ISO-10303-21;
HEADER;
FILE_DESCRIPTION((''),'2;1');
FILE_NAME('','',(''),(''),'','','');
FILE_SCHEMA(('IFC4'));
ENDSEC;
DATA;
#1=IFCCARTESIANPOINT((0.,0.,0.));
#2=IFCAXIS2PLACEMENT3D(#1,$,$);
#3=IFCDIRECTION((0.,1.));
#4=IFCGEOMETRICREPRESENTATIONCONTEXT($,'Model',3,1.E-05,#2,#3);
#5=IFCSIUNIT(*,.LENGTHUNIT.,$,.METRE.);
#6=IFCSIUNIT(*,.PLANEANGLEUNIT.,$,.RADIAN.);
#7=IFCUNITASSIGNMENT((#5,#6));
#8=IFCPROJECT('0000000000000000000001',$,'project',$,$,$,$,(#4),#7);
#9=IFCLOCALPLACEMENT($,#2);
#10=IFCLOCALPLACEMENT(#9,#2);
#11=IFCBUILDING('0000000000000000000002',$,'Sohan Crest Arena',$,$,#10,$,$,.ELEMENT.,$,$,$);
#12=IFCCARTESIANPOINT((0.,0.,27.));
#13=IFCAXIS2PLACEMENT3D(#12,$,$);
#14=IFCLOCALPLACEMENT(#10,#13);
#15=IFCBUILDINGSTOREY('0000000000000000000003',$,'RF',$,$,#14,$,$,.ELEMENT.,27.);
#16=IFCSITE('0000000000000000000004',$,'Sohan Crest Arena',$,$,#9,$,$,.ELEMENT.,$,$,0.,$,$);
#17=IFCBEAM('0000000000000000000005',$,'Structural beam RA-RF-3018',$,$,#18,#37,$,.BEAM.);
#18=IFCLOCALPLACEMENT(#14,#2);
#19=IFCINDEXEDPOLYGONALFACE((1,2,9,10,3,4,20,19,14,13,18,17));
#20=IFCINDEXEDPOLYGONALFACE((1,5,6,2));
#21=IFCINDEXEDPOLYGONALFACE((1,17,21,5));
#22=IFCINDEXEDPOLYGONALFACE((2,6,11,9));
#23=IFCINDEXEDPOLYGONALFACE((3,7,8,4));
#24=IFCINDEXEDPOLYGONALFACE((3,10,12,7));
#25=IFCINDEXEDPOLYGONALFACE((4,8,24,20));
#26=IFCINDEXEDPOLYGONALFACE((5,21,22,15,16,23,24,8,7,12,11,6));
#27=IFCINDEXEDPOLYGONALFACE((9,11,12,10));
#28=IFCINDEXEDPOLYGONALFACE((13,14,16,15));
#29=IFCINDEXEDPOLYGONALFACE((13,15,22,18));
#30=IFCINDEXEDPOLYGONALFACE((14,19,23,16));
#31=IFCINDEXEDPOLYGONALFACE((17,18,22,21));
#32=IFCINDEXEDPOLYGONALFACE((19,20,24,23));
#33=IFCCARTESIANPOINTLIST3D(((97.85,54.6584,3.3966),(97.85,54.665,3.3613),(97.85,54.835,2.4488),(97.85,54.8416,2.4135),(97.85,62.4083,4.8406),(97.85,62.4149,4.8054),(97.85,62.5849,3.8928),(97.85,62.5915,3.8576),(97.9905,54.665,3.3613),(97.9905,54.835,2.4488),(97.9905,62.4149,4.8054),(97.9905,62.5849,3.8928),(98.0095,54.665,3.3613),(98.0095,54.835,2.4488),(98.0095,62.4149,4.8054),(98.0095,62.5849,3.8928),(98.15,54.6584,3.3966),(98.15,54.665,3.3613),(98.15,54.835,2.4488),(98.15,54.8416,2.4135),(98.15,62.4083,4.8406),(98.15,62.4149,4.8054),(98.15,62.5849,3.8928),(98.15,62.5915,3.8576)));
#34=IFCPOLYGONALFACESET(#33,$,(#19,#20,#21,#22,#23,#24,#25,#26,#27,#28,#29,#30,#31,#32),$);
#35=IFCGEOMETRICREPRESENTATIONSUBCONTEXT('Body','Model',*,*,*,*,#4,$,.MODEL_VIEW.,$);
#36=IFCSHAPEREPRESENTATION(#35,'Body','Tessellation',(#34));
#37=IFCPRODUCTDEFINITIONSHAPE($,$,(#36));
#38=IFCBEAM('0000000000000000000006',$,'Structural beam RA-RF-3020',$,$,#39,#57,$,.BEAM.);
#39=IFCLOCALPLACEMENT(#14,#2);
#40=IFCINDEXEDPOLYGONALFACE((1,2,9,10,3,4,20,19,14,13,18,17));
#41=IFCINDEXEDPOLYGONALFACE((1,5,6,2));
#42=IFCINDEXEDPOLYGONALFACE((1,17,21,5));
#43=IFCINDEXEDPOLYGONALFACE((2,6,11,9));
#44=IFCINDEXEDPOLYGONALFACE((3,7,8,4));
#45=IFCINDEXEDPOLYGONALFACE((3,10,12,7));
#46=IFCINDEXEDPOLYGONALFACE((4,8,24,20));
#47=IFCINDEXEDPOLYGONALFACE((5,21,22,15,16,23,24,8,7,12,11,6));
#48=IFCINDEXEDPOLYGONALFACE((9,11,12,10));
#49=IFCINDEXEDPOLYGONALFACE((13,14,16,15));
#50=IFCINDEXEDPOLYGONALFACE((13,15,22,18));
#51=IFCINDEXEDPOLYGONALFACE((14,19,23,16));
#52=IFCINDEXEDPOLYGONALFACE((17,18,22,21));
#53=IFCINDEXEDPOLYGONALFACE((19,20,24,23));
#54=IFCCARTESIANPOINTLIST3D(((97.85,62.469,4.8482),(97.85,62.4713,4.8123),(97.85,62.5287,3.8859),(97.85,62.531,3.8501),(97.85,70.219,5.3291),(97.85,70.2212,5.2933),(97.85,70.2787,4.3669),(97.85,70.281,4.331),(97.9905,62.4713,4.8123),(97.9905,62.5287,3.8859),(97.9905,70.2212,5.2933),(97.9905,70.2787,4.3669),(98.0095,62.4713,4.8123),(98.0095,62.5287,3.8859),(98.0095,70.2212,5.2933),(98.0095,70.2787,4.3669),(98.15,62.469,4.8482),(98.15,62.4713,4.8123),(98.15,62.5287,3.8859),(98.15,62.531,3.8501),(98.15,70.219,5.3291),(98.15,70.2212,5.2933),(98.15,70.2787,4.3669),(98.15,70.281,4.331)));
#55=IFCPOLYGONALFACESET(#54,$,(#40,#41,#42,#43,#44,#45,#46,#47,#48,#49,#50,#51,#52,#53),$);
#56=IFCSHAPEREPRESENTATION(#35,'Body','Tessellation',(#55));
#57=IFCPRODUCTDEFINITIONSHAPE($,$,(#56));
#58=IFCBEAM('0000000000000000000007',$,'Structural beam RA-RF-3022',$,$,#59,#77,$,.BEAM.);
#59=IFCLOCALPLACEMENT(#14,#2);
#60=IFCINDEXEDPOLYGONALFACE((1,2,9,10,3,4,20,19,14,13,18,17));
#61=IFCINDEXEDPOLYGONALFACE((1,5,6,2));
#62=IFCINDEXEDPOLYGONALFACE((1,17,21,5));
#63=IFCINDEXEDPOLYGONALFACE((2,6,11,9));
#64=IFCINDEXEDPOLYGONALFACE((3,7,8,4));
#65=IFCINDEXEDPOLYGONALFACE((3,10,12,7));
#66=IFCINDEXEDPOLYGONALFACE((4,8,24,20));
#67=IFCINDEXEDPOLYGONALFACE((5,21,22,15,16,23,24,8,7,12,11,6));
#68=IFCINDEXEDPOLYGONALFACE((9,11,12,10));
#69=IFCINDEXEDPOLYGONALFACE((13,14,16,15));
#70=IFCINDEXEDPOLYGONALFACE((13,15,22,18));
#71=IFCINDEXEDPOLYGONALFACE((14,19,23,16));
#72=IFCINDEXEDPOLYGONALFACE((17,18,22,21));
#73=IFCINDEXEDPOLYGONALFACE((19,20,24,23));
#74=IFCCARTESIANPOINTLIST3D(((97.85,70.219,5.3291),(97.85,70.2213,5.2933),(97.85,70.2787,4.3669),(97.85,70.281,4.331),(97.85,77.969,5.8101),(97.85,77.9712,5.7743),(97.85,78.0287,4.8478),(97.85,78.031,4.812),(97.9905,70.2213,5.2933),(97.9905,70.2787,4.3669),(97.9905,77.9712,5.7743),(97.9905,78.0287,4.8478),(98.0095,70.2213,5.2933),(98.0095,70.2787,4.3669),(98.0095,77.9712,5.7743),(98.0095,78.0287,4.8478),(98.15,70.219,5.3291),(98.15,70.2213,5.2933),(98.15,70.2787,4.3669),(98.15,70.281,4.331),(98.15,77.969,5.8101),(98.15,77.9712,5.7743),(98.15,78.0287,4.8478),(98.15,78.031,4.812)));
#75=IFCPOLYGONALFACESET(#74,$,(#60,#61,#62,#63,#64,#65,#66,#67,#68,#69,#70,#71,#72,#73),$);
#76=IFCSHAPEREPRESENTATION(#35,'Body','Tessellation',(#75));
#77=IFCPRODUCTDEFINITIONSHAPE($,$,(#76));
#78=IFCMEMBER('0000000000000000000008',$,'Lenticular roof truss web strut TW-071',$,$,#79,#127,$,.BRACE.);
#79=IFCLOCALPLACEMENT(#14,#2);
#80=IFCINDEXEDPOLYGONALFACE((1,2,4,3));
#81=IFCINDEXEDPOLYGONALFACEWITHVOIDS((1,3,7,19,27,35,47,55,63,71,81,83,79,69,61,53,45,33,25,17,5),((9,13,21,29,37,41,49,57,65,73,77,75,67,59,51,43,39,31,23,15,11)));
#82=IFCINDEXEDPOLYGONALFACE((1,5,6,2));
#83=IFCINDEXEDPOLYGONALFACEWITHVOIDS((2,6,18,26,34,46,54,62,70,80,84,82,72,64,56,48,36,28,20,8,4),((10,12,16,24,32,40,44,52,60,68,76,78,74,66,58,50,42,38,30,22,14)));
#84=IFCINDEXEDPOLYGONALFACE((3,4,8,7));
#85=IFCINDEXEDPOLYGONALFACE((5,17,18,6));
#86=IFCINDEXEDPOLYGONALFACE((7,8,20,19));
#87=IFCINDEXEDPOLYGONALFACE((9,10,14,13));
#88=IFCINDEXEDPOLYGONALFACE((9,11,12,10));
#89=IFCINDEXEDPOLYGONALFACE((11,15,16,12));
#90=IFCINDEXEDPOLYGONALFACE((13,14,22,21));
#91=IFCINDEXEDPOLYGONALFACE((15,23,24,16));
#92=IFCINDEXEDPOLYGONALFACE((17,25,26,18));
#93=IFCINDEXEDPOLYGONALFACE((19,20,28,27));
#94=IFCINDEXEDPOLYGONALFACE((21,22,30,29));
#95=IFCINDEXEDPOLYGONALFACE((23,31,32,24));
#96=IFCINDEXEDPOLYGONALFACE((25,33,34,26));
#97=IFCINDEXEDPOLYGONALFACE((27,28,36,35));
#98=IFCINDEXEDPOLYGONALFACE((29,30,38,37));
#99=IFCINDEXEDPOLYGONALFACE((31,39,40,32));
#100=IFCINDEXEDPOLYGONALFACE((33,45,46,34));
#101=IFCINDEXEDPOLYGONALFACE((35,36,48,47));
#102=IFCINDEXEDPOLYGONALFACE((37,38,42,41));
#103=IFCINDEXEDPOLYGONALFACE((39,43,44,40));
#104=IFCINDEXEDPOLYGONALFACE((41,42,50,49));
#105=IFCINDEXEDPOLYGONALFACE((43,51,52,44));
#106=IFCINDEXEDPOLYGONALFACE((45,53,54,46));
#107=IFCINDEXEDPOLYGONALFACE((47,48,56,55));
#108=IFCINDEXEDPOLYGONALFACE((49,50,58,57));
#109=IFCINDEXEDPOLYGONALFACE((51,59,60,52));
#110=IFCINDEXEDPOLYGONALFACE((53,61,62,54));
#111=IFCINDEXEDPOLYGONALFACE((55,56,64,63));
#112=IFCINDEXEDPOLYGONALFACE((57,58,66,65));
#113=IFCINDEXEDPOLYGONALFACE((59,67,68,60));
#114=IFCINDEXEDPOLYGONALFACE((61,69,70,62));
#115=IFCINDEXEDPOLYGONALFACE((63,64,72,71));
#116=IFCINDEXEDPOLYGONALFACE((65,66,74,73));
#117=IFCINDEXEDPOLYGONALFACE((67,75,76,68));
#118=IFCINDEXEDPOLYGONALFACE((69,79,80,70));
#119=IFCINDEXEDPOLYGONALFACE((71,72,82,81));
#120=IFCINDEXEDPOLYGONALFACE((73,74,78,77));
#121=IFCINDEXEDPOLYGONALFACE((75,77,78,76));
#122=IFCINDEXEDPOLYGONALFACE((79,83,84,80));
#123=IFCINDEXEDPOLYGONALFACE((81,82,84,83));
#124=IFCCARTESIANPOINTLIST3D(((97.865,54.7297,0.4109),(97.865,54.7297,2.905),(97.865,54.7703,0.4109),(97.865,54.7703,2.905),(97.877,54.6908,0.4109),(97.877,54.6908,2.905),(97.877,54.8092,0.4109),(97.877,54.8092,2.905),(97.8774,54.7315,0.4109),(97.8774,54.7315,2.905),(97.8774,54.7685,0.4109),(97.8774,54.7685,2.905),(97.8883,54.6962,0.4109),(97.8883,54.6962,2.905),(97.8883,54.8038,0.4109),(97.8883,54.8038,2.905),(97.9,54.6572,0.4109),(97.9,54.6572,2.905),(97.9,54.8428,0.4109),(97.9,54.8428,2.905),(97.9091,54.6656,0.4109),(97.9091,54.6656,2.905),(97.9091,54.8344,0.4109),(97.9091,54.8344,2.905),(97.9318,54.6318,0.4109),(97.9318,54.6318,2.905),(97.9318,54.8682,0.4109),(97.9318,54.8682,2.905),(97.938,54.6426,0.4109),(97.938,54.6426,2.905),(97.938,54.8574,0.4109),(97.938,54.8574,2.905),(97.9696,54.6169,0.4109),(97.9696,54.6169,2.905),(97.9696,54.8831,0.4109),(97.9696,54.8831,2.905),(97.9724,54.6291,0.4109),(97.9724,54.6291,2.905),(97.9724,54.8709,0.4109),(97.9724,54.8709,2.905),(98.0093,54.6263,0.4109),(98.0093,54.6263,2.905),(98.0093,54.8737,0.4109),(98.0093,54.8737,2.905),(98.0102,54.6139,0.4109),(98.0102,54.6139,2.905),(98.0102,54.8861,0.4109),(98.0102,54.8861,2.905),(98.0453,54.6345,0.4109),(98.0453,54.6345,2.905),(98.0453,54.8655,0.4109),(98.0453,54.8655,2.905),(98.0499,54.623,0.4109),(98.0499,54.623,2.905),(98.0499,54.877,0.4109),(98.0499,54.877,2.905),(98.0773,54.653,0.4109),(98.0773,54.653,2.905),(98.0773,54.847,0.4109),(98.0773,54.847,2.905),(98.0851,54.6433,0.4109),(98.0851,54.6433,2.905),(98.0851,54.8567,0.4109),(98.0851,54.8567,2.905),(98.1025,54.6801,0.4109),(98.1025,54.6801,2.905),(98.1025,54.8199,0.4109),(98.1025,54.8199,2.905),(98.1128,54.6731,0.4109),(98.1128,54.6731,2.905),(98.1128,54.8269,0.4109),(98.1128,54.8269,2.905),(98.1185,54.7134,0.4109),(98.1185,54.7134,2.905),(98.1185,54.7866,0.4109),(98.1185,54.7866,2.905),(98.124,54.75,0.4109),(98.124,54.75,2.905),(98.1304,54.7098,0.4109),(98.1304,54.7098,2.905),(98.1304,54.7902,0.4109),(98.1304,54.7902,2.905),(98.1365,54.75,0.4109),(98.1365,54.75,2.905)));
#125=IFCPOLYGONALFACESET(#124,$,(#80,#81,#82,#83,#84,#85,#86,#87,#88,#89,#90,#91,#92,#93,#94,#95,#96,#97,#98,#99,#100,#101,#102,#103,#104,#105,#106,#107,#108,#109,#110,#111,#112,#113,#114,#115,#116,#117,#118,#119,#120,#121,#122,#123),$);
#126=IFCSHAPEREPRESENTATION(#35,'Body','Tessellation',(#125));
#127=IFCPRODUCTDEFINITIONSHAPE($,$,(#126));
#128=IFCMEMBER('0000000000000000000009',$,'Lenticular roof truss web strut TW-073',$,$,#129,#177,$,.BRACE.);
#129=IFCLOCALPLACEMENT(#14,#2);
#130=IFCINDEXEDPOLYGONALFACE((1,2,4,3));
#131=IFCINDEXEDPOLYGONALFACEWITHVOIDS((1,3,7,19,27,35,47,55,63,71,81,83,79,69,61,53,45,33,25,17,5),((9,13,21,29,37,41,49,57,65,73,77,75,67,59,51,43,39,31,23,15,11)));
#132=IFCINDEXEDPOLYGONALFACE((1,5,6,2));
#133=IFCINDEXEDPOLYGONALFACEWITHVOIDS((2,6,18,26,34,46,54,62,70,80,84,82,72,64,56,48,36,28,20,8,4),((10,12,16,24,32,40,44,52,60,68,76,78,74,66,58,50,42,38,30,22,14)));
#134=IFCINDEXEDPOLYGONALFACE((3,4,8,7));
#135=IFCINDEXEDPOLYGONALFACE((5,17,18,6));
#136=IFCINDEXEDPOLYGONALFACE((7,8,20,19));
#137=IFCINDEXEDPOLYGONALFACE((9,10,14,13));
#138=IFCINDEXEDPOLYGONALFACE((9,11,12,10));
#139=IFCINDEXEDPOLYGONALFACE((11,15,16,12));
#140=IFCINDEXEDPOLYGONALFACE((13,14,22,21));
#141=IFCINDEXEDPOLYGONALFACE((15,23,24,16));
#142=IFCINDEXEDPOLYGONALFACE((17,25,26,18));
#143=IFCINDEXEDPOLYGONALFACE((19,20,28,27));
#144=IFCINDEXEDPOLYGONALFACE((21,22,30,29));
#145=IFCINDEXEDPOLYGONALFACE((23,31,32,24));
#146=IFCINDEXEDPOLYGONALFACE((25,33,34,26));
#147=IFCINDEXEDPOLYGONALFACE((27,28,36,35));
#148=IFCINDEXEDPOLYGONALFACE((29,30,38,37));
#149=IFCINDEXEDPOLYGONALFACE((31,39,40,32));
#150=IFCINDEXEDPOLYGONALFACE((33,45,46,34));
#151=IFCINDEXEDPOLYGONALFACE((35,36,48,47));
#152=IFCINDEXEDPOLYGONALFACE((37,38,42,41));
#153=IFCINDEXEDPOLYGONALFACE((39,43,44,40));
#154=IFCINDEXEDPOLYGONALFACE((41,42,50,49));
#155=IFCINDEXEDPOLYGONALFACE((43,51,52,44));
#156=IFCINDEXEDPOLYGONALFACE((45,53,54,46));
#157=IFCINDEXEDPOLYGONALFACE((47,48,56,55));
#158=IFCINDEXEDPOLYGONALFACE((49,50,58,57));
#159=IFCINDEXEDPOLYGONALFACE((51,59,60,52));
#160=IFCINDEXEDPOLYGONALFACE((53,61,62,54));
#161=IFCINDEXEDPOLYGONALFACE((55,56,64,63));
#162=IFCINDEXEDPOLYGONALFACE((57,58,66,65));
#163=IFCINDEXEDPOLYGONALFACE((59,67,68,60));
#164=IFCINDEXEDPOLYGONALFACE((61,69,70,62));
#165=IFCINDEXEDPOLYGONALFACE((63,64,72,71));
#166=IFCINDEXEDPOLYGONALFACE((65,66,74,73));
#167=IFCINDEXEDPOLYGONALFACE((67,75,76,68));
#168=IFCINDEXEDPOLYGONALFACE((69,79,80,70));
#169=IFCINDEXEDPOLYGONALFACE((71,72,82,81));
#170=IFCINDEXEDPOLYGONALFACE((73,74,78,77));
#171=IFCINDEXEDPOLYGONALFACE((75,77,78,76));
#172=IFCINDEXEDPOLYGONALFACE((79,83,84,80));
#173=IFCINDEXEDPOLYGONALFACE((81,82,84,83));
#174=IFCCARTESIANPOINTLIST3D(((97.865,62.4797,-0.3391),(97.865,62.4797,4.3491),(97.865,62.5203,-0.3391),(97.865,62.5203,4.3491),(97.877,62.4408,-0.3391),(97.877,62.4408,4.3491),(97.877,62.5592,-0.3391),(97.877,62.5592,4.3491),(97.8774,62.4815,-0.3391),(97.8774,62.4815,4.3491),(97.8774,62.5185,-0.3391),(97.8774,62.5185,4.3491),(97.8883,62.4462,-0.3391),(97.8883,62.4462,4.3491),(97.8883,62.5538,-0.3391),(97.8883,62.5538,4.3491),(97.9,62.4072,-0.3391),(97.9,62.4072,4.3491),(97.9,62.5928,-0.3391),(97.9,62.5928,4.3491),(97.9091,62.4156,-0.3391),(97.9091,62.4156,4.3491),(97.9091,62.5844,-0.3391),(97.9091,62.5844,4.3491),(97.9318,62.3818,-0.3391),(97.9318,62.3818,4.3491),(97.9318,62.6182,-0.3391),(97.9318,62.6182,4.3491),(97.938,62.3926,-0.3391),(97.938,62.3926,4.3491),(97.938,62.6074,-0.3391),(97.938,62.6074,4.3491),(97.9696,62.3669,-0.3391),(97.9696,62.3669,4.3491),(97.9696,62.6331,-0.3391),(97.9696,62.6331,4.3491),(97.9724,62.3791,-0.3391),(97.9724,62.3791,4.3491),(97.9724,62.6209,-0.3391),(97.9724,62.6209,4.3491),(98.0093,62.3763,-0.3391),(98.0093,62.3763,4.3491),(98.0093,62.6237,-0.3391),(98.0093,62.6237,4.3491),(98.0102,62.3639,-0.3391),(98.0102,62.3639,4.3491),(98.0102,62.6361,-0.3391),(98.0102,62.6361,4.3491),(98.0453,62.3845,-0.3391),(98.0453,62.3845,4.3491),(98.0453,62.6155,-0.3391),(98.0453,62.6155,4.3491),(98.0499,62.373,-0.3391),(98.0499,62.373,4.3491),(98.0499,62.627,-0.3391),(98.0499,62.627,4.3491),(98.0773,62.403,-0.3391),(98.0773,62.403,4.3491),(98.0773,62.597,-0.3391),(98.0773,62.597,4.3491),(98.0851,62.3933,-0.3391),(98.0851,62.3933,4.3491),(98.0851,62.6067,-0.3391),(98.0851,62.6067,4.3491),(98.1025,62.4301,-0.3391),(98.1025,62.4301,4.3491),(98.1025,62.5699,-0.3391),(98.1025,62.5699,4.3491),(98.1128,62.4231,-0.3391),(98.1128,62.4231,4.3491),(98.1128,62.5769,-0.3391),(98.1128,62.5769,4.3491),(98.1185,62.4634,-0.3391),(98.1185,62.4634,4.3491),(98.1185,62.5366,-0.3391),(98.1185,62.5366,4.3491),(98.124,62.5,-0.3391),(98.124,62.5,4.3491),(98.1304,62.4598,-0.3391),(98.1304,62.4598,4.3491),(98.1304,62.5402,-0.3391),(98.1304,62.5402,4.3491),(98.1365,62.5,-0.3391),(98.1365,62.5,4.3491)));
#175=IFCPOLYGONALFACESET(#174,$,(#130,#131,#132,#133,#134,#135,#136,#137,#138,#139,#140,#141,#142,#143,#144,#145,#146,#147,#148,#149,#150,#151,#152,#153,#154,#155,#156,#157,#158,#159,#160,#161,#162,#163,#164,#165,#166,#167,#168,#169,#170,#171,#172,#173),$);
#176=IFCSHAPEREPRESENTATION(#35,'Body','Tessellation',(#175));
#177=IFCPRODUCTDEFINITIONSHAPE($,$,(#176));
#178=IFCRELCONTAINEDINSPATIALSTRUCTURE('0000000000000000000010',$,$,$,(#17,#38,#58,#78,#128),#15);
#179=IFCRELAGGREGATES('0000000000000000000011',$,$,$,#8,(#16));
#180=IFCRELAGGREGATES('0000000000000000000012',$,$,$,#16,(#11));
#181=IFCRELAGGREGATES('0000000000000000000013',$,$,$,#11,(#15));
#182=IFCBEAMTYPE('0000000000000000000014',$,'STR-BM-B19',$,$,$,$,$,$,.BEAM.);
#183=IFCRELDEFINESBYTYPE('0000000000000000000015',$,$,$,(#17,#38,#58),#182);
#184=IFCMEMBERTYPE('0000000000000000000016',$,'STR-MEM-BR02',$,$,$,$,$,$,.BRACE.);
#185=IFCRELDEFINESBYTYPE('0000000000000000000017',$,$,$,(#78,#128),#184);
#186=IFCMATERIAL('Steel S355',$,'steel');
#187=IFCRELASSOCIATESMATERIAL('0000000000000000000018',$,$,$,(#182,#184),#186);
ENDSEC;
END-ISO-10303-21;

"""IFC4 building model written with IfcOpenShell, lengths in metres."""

from ifc_helpers import new_model, si_unit, direction, frame, origin, origin_2d, place, context, subcontext, project, spatial, hollow_circle, i_section, extrude, material, material_profile, profile_set, type_object, element, save


model = new_model("IFC4")

# Units and contexts
model_context = context("Model", 3, precision=1e-05, world=origin(), true_north=direction((0.0, 1.0)))
body_context = subcontext(model_context, "Body", "Model", "MODEL_VIEW")
ifc_project = project(units=[si_unit("LENGTHUNIT", "METRE"), si_unit("PLANEANGLEUNIT", "RADIAN")], contexts=[model_context])

# Site, building, storey
site_placement = place(None, origin())
site = spatial("IfcSite", under=ifc_project, at=site_placement, Name="Sohan Crest Arena", CompositionType="ELEMENT", RefElevation=0.0)
building_placement = place(site_placement, origin())
building = spatial("IfcBuilding", under=site, at=building_placement, Name="Sohan Crest Arena", CompositionType="ELEMENT")
storey_placement = place(building_placement, frame((0.0, 0.0, 27.0)))
storey = spatial("IfcBuildingStorey", under=building, at=storey_placement, Name="RF", CompositionType="ELEMENT", Elevation=27.0)

# Beams
ifc_material_1 = material(Name="Steel S355", Category="steel")
ifc_material_profile_1 = material_profile(ifc_material_1, i_section(OverallWidth=0.3, OverallDepth=1.0, WebThickness=0.019, FlangeThickness=0.0359, at=origin_2d()), Name="HEB 1000")
ifc_profile_set_1 = profile_set([ifc_material_profile_1], Name="Steel S355")
beam_type_1 = type_object("IfcBeamType", Name="STR-BM-B19", PredefinedType="BEAM", material=ifc_profile_set_1)
beam_1_placement = place(storey_placement, frame((98.0, 54.75, 2.905), z_axis=(0.0, 0.983079, 0.183181), x_axis=(-1.0, 0.0, 0.0)))
element("IfcBeam", 1, at=beam_1_placement, inside=storey, type_object=beam_type_1, Name="Structural beam RA-RF-3018", PredefinedType="BEAM", context=body_context, shape_type="SweptSolid", body=[
    extrude(i_section(OverallWidth=0.3, OverallDepth=1.0, WebThickness=0.019, FlangeThickness=0.0359, at=origin_2d()), origin(), (0.0, 0.0, 1.0), 7.8833),
])
for number, where, z_axis, x_axis, name in (
    (2, (98.0, 62.5, 4.3491), (0.0, 0.99808, 0.06194), (-1.0, 0.0, 0.0), "Structural beam RA-RF-3020"),
    (3, (98.0, 70.25, 4.8301), (0.0, 0.99808, 0.06194), (-1.0, 0.0, 0.0), "Structural beam RA-RF-3022"),
):
    element("IfcBeam", number, at=place(storey_placement, frame(where, z_axis=z_axis, x_axis=x_axis)), inside=storey, type_object=beam_type_1, Name=name, PredefinedType="BEAM", context=body_context, shape_type="SweptSolid", body=[
        extrude(i_section(OverallWidth=0.3, OverallDepth=1.0, WebThickness=0.019, FlangeThickness=0.0359, at=origin_2d()), origin(), (0.0, 0.0, 1.0), 7.7649),
    ])

# Members
ifc_material_profile_2 = material_profile(ifc_material_1, hollow_circle(Radius=0.1365, WallThickness=0.0125, at=origin_2d()), Name="CHS 273x12.5")
ifc_profile_set_2 = profile_set([ifc_material_profile_2], Name="Steel S355")
member_type_1 = type_object("IfcMemberType", Name="STR-MEM-BR02", PredefinedType="BRACE", material=ifc_profile_set_2)
member_1_placement = place(storey_placement, frame((98.0, 54.75, 0.4109), z_axis=(0.0, 0.0, 1.0), x_axis=(1.0, 0.0, 0.0)))
element("IfcMember", 4, at=member_1_placement, inside=storey, type_object=member_type_1, Name="Lenticular roof truss web strut TW-071", PredefinedType="BRACE", context=body_context, shape_type="SweptSolid", body=[
    extrude(hollow_circle(Radius=0.1365, WallThickness=0.0125, at=origin_2d()), origin(), (0.0, 0.0, 1.0), 2.4941),
])
member_2_placement = place(storey_placement, frame((98.0, 62.5, -0.3391), z_axis=(0.0, 0.0, 1.0), x_axis=(1.0, 0.0, 0.0)))
element("IfcMember", 5, at=member_2_placement, inside=storey, type_object=member_type_1, Name="Lenticular roof truss web strut TW-073", PredefinedType="BRACE", context=body_context, shape_type="SweptSolid", body=[
    extrude(hollow_circle(Radius=0.1365, WallThickness=0.0125, at=origin_2d()), origin(), (0.0, 0.0, 1.0), 4.6882),
])

save(model, "model.ifc")
